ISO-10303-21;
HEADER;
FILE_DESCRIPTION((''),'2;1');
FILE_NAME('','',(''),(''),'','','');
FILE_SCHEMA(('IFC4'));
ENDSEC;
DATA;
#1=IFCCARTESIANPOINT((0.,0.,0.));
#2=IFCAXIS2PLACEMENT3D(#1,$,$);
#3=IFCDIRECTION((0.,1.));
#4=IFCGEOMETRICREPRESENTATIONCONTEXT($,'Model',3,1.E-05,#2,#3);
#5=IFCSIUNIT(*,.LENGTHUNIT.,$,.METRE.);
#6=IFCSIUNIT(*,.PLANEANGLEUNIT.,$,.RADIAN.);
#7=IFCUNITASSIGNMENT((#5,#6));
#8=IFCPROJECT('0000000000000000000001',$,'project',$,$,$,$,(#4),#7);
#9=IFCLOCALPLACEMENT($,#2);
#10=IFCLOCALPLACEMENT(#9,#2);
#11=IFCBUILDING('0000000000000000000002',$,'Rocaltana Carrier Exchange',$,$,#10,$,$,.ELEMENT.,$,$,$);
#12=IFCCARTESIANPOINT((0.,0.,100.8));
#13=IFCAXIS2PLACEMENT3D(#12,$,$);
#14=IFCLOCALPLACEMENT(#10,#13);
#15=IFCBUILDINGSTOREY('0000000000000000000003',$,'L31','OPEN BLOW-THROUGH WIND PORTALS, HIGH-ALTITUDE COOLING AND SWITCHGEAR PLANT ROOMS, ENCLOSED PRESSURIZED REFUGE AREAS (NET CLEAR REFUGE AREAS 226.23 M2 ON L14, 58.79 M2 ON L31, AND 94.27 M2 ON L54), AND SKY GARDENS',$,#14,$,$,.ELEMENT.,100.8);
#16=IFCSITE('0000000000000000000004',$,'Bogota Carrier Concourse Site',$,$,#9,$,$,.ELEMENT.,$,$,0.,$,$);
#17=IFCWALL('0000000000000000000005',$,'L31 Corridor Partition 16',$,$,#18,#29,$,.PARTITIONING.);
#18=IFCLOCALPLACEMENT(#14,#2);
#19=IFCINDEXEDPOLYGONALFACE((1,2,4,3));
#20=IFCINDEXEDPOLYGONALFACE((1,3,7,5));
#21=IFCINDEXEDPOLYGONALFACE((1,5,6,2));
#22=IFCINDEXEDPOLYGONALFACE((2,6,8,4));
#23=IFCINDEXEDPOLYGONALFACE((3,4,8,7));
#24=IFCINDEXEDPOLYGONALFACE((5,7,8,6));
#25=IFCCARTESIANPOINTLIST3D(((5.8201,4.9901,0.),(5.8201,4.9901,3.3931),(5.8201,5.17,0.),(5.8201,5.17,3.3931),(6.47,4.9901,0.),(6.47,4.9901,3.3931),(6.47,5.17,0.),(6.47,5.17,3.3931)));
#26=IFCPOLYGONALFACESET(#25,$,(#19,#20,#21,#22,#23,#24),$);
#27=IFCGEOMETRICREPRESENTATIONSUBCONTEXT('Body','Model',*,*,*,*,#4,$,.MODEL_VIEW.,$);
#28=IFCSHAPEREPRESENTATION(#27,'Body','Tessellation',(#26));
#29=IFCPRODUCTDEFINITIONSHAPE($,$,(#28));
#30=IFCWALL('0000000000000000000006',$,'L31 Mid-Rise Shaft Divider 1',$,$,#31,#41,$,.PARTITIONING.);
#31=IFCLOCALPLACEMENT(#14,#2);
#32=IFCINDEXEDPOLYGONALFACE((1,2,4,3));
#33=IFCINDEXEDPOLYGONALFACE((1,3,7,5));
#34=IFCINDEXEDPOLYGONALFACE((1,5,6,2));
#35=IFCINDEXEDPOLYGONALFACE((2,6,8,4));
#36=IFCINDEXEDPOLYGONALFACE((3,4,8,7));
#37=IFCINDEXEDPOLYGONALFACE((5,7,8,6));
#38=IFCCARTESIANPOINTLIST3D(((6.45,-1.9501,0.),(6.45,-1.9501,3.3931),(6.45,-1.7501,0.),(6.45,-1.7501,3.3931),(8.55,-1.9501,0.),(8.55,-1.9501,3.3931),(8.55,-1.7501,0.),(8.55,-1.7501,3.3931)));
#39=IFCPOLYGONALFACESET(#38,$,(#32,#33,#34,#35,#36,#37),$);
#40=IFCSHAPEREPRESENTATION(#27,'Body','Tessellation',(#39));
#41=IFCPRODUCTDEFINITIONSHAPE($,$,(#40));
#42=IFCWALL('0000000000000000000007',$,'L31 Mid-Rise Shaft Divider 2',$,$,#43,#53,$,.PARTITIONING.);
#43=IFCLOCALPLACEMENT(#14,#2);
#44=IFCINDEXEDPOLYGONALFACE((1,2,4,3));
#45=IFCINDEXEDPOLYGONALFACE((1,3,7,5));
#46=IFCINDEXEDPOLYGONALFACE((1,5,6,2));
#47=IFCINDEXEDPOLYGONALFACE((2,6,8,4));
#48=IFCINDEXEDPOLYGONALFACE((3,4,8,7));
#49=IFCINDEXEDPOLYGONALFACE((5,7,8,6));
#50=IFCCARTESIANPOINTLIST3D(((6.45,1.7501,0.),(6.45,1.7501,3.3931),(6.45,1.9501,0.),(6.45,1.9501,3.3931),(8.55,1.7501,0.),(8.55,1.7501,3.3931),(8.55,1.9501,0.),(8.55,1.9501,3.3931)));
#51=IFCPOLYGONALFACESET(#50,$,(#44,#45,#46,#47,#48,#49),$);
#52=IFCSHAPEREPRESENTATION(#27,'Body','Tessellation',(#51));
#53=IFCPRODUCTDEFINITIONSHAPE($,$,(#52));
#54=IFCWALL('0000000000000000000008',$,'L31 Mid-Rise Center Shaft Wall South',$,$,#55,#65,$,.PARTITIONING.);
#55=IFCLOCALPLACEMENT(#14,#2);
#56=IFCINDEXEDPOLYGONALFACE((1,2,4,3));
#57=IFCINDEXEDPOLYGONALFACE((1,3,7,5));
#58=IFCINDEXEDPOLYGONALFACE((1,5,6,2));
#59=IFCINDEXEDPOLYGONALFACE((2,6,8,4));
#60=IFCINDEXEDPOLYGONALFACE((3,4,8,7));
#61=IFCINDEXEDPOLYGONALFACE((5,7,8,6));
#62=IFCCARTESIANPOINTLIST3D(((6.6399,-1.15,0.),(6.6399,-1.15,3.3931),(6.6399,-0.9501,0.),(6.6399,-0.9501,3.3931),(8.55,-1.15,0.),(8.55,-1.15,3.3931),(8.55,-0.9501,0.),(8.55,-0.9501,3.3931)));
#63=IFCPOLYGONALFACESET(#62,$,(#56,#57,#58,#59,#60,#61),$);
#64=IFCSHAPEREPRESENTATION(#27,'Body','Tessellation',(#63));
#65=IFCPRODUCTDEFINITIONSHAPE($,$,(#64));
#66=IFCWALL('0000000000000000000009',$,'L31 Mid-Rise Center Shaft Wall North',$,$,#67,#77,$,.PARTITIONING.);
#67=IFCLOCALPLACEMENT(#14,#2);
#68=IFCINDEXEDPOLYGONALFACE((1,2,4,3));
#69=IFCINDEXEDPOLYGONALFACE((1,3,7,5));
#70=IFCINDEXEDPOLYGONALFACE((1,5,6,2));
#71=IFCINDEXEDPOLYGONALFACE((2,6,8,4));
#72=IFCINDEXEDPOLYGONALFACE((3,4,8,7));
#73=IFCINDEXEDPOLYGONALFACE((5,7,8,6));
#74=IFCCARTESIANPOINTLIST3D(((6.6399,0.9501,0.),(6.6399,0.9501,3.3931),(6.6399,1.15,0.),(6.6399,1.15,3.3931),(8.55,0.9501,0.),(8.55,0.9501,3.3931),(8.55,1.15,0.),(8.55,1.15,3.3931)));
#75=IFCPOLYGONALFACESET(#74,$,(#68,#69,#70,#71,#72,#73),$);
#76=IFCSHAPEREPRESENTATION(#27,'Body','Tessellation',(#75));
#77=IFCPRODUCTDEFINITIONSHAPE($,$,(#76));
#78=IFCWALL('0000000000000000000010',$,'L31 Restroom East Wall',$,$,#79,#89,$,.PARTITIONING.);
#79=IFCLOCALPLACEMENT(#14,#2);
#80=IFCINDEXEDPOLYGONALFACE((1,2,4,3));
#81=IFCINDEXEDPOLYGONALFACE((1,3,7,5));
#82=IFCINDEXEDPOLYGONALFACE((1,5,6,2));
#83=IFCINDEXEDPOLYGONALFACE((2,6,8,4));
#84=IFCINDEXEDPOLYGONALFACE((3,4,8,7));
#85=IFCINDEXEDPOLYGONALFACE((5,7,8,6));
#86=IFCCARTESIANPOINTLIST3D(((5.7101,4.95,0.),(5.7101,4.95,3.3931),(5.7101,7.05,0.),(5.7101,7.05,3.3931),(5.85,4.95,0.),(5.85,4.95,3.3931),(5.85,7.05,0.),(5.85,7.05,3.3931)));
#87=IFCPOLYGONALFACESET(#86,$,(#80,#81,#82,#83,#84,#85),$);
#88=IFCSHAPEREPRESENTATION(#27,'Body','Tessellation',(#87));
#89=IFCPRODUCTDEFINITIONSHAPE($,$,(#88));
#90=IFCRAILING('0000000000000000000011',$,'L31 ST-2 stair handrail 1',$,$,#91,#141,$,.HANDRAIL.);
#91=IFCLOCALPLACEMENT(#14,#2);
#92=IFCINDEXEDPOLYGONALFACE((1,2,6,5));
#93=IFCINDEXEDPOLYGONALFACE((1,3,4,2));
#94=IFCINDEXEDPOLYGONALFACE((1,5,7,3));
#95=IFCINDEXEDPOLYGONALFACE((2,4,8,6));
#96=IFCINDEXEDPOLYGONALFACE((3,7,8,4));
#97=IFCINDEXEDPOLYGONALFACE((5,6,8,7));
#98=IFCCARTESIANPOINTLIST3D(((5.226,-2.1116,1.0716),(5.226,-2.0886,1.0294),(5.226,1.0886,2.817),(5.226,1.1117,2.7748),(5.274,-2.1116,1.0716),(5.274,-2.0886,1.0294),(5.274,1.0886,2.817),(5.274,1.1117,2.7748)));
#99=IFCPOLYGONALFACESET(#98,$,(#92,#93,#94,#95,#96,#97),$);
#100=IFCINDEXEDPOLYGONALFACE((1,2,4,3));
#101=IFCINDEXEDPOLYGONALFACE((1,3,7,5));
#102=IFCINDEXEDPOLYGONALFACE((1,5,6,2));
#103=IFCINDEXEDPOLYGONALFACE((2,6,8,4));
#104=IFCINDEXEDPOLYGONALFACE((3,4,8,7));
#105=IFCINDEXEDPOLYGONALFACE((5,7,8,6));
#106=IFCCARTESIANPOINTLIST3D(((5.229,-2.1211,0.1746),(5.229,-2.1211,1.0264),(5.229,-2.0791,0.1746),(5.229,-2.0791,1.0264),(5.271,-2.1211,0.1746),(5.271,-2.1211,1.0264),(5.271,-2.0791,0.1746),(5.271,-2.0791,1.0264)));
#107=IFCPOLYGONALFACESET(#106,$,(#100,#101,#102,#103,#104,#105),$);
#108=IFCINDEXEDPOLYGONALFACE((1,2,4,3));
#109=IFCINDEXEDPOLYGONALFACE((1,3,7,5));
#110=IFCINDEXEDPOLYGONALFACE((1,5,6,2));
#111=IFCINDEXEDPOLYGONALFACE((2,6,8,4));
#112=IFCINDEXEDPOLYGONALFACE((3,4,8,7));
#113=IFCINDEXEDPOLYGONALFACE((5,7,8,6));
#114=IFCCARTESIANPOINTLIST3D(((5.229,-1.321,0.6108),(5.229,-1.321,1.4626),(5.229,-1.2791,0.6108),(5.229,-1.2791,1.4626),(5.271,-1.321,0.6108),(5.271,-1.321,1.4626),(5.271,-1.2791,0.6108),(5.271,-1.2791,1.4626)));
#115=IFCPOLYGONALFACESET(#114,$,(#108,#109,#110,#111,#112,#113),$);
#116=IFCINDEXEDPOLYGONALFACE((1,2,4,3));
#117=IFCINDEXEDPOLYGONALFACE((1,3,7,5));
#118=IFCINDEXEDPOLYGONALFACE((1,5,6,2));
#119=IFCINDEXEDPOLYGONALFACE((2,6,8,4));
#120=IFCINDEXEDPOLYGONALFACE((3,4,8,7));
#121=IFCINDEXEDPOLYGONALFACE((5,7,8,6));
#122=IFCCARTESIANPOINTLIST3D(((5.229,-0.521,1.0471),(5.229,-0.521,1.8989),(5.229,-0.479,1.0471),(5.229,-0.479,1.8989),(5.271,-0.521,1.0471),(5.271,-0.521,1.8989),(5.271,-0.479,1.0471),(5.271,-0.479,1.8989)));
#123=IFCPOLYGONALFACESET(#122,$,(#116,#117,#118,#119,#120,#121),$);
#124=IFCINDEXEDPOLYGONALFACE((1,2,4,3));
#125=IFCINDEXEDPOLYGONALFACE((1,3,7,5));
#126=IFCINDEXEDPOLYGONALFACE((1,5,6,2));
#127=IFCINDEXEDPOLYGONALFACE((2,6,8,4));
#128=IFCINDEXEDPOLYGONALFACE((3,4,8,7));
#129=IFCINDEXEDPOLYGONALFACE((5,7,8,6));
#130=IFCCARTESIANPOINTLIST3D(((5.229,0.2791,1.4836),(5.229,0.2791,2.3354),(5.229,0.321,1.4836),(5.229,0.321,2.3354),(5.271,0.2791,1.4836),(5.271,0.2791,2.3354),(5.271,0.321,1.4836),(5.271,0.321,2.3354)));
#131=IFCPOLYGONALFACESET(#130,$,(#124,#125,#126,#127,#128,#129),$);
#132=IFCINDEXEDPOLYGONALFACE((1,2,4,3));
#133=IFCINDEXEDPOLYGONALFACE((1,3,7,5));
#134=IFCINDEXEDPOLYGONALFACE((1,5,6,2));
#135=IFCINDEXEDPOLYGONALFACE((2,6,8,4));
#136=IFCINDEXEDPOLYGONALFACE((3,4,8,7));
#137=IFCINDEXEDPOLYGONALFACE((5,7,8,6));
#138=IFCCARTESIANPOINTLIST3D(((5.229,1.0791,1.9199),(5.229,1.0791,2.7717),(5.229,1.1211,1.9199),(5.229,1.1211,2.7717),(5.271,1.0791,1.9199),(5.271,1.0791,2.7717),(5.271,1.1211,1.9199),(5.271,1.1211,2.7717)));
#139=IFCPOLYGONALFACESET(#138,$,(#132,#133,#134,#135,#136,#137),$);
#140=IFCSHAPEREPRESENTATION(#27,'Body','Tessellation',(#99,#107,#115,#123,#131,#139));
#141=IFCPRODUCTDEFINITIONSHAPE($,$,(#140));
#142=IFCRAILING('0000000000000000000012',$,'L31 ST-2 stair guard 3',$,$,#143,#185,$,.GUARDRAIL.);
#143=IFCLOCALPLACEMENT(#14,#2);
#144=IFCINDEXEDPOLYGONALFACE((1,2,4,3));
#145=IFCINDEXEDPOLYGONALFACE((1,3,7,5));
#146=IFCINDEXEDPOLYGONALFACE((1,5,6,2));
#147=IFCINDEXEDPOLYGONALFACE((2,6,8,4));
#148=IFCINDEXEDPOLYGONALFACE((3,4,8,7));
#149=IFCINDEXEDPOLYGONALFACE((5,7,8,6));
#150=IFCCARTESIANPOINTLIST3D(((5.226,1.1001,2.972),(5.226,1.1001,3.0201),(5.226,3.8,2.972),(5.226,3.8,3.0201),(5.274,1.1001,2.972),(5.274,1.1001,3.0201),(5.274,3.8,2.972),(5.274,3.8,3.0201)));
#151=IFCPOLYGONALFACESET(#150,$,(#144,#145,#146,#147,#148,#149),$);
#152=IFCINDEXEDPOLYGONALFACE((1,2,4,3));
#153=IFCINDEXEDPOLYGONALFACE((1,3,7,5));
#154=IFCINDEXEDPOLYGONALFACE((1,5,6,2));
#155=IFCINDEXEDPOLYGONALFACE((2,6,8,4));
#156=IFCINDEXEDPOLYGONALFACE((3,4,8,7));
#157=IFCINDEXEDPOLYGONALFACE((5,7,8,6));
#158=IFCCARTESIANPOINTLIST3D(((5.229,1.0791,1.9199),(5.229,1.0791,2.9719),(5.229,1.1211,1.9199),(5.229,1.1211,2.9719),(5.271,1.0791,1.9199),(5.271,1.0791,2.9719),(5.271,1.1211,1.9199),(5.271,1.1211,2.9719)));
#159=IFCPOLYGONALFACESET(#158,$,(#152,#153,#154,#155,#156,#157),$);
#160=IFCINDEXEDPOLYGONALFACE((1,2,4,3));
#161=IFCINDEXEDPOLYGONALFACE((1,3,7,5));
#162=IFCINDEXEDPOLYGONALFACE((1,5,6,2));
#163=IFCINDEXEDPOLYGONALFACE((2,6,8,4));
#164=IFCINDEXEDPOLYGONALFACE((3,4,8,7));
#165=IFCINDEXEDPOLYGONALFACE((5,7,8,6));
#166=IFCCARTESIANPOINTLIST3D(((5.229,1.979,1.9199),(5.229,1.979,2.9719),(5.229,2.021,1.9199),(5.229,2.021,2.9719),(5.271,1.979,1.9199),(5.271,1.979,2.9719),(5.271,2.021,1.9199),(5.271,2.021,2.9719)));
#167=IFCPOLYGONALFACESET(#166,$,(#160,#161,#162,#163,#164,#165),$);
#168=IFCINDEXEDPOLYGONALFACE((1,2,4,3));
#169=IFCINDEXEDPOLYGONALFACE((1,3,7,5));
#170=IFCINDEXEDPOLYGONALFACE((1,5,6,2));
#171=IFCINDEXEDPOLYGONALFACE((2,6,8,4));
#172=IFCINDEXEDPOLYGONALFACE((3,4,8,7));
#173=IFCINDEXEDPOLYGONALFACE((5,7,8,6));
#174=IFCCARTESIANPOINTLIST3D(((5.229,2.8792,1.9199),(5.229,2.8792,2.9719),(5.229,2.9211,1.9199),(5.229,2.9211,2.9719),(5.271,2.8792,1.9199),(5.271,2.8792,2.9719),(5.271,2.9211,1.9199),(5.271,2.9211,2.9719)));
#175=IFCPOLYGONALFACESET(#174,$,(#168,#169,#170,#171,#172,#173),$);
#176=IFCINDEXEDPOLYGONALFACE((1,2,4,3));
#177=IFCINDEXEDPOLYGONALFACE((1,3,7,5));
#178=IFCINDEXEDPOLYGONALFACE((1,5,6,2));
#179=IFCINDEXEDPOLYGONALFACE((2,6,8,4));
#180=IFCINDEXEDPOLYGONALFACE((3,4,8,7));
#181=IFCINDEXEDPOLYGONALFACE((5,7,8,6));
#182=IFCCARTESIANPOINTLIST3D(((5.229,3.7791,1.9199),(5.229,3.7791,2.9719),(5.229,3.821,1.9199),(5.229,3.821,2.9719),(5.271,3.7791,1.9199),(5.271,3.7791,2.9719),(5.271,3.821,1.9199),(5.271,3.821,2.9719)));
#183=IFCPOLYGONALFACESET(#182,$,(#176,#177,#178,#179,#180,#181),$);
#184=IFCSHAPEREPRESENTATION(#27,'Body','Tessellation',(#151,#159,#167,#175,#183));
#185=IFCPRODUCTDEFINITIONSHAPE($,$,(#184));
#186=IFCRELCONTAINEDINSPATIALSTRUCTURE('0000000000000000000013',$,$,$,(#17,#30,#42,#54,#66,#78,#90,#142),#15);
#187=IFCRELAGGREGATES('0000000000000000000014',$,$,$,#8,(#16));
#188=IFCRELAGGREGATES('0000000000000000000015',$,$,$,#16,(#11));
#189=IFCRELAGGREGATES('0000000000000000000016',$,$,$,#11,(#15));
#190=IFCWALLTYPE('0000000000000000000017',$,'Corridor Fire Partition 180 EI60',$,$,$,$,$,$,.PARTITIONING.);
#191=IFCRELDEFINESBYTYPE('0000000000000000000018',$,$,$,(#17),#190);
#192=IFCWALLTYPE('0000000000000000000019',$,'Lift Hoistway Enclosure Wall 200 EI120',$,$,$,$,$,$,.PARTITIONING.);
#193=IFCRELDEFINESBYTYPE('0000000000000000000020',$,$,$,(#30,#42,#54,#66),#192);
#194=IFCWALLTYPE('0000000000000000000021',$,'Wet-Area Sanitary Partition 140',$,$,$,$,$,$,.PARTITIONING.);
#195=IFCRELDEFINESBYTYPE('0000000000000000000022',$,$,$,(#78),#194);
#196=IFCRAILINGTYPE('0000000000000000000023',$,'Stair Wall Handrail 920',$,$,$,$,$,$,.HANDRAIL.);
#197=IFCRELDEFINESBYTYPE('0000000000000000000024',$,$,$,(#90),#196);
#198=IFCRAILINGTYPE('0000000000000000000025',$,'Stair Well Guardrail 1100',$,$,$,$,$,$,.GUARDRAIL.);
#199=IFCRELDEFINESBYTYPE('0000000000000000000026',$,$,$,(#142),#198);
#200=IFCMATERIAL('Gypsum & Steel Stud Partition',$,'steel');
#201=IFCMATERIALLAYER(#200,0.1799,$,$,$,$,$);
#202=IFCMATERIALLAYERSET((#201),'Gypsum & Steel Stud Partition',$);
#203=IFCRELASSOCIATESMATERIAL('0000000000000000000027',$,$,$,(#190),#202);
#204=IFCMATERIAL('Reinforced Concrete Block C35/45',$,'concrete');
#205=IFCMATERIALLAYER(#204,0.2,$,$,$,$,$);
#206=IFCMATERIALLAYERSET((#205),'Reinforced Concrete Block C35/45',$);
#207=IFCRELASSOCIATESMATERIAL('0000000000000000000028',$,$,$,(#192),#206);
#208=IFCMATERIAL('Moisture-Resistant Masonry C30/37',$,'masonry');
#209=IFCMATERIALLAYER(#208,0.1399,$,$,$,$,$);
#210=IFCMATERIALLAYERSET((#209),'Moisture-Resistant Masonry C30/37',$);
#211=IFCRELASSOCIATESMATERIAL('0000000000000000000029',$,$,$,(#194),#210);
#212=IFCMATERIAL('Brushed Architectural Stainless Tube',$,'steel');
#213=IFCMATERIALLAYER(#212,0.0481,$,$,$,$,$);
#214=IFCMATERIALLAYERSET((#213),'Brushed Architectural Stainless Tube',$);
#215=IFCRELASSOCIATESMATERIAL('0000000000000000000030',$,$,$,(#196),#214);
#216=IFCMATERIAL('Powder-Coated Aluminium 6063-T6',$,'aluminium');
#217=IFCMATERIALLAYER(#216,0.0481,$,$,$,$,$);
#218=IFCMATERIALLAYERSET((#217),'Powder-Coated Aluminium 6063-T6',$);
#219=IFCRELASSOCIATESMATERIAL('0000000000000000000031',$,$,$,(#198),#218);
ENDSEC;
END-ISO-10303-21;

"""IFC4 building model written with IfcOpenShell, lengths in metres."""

from ifc_helpers import new_model, si_unit, direction, frame, frame_2d, origin, origin_2d, place, context, subcontext, project, spatial, rectangle, extrude, material, layer, layer_set, type_object, element, save


model = new_model("IFC4")

# Units and contexts
model_context = context("Model", 3, precision=1e-05, world=origin(), true_north=direction((0.0, 1.0)))
body_context = subcontext(model_context, "Body", "Model", "MODEL_VIEW")
ifc_project = project(units=[si_unit("LENGTHUNIT", "METRE"), si_unit("PLANEANGLEUNIT", "RADIAN")], contexts=[model_context])

# Site, building, storey
site_placement = place(None, origin())
site = spatial("IfcSite", under=ifc_project, at=site_placement, Name="Bogota Carrier Concourse Site", CompositionType="ELEMENT", RefElevation=0.0)
building_placement = place(site_placement, origin())
building = spatial("IfcBuilding", under=site, at=building_placement, Name="Rocaltana Carrier Exchange", CompositionType="ELEMENT")
storey_placement = place(building_placement, frame((0.0, 0.0, 100.8)))
storey = spatial("IfcBuildingStorey", under=building, at=storey_placement, Name="L31", Description="OPEN BLOW-THROUGH WIND PORTALS, HIGH-ALTITUDE COOLING AND SWITCHGEAR PLANT ROOMS, ENCLOSED PRESSURIZED REFUGE AREAS (NET CLEAR REFUGE AREAS 226.23 M2 ON L14, 58.79 M2 ON L31, AND 94.27 M2 ON L54), AND SKY GARDENS", CompositionType="ELEMENT", Elevation=100.8)

# Walls
ifc_material_1 = material(Name="Gypsum & Steel Stud Partition", Category="steel")
ifc_layer_1 = layer(ifc_material_1, 0.1799)
ifc_layer_set_1 = layer_set([ifc_layer_1], Name="Gypsum & Steel Stud Partition")
wall_type_1 = type_object("IfcWallType", Name="Corridor Fire Partition 180 EI60", PredefinedType="PARTITIONING", material=ifc_layer_set_1)
wall_1_placement = place(storey_placement, frame((6.47, 5.0801, 0.0), z_axis=(0.0, 0.0, 1.0), x_axis=(-1.0, 0.0, 0.0)))
element("IfcWall", 1, at=wall_1_placement, inside=storey, type_object=wall_type_1, Name="L31 Corridor Partition 16", PredefinedType="PARTITIONING", context=body_context, shape_type="SweptSolid", body=[
    extrude(rectangle(XDim=0.6499, YDim=0.1799, at=frame_2d((0.325, 0.0))), origin(), (0.0, 0.0, 1.0), 3.3931),
])
ifc_material_2 = material(Name="Reinforced Concrete Block C35/45", Category="concrete")
ifc_layer_2 = layer(ifc_material_2, 0.2)
ifc_layer_set_2 = layer_set([ifc_layer_2], Name="Reinforced Concrete Block C35/45")
wall_type_2 = type_object("IfcWallType", Name="Lift Hoistway Enclosure Wall 200 EI120", PredefinedType="PARTITIONING", material=ifc_layer_set_2)
for number, where, z_axis, x_axis, name in (
    (2, (6.45, -1.8501, 0.0), (0.0, 0.0, 1.0), (1.0, 0.0, 0.0), "L31 Mid-Rise Shaft Divider 1"),
    (3, (6.45, 1.8501, 0.0), (0.0, 0.0, 1.0), (1.0, 0.0, 0.0), "L31 Mid-Rise Shaft Divider 2"),
):
    element("IfcWall", number, at=place(storey_placement, frame(where, z_axis=z_axis, x_axis=x_axis)), inside=storey, type_object=wall_type_2, Name=name, PredefinedType="PARTITIONING", context=body_context, shape_type="SweptSolid", body=[
        extrude(rectangle(XDim=2.1001, YDim=0.2, at=frame_2d((1.05, 0.0))), origin(), (0.0, 0.0, 1.0), 3.3931),
    ])
for number, where, z_axis, x_axis, name in (
    (4, (6.6399, -1.05, 0.0), (0.0, 0.0, 1.0), (1.0, 0.0, 0.0), "L31 Mid-Rise Center Shaft Wall South"),
    (5, (6.6399, 1.05, 0.0), (0.0, 0.0, 1.0), (1.0, 0.0, 0.0), "L31 Mid-Rise Center Shaft Wall North"),
):
    element("IfcWall", number, at=place(storey_placement, frame(where, z_axis=z_axis, x_axis=x_axis)), inside=storey, type_object=wall_type_2, Name=name, PredefinedType="PARTITIONING", context=body_context, shape_type="SweptSolid", body=[
        extrude(rectangle(XDim=1.9102, YDim=0.2, at=frame_2d((0.9551, 0.0))), origin(), (0.0, 0.0, 1.0), 3.3931),
    ])
ifc_material_3 = material(Name="Moisture-Resistant Masonry C30/37", Category="masonry")
ifc_layer_3 = layer(ifc_material_3, 0.1399)
ifc_layer_set_3 = layer_set([ifc_layer_3], Name="Moisture-Resistant Masonry C30/37")
wall_type_3 = type_object("IfcWallType", Name="Wet-Area Sanitary Partition 140", PredefinedType="PARTITIONING", material=ifc_layer_set_3)
wall_2_placement = place(storey_placement, frame((5.78, 4.95, 0.0), z_axis=(0.0, 0.0, 1.0), x_axis=(0.0, 1.0, 0.0)))
element("IfcWall", 6, at=wall_2_placement, inside=storey, type_object=wall_type_3, Name="L31 Restroom East Wall", PredefinedType="PARTITIONING", context=body_context, shape_type="SweptSolid", body=[
    extrude(rectangle(XDim=2.1001, YDim=0.1399, at=frame_2d((1.05, 0.0))), origin(), (0.0, 0.0, 1.0), 3.3931),
])

# Railings
ifc_material_4 = material(Name="Brushed Architectural Stainless Tube", Category="steel")
ifc_layer_4 = layer(ifc_material_4, 0.0481)
ifc_layer_set_4 = layer_set([ifc_layer_4], Name="Brushed Architectural Stainless Tube")
railing_type_1 = type_object("IfcRailingType", Name="Stair Wall Handrail 920", PredefinedType="HANDRAIL", material=ifc_layer_set_4)
railing_1_placement = place(storey_placement, frame((5.25, -2.1001, 0.1746)))
element("IfcRailing", 7, at=railing_1_placement, inside=storey, type_object=railing_type_1, Name="L31 ST-2 stair handrail 1", PredefinedType="HANDRAIL", context=body_context, shape_type="SweptSolid", body=[
    extrude(rectangle(XDim=0.0481, YDim=0.0481, at=origin_2d()), frame((0.0, 0.0, 0.876), z_axis=(0.0, 0.877919, 0.47881), x_axis=(-1.0, 0.0, 0.0)), (0.0, 0.0, 1.0), 3.6453),
    extrude(rectangle(XDim=0.042, YDim=0.042, at=origin_2d()), origin(), (0.0, 0.0, 1.0), 0.8518),
    extrude(rectangle(XDim=0.042, YDim=0.042, at=origin_2d()), frame((0.0, 0.8, 0.4363)), (0.0, 0.0, 1.0), 0.8518),
    extrude(rectangle(XDim=0.042, YDim=0.042, at=origin_2d()), frame((0.0, 1.6001, 0.8726)), (0.0, 0.0, 1.0), 0.8518),
    extrude(rectangle(XDim=0.042, YDim=0.042, at=origin_2d()), frame((0.0, 2.4001, 1.3091)), (0.0, 0.0, 1.0), 0.8518),
    extrude(rectangle(XDim=0.042, YDim=0.042, at=origin_2d()), frame((0.0, 3.2002, 1.7454)), (0.0, 0.0, 1.0), 0.8518),
])
ifc_material_5 = material(Name="Powder-Coated Aluminium 6063-T6", Category="aluminium")
ifc_layer_5 = layer(ifc_material_5, 0.0481)
ifc_layer_set_5 = layer_set([ifc_layer_5], Name="Powder-Coated Aluminium 6063-T6")
railing_type_2 = type_object("IfcRailingType", Name="Stair Well Guardrail 1100", PredefinedType="GUARDRAIL", material=ifc_layer_set_5)
railing_2_placement = place(storey_placement, frame((5.25, 1.1001, 1.9199)))
element("IfcRailing", 8, at=railing_2_placement, inside=storey, type_object=railing_type_2, Name="L31 ST-2 stair guard 3", PredefinedType="GUARDRAIL", context=body_context, shape_type="SweptSolid", body=[
    extrude(rectangle(XDim=0.0481, YDim=0.0481, at=origin_2d()), frame((0.0, 0.0, 1.0762), z_axis=(0.0, 1.0, 0.0), x_axis=(-1.0, 0.0, 0.0)), (0.0, 0.0, 1.0), 2.7),
    extrude(rectangle(XDim=0.042, YDim=0.042, at=origin_2d()), origin(), (0.0, 0.0, 1.0), 1.052),
    extrude(rectangle(XDim=0.042, YDim=0.042, at=origin_2d()), frame((0.0, 0.8999, 0.0)), (0.0, 0.0, 1.0), 1.052),
    extrude(rectangle(XDim=0.042, YDim=0.042, at=origin_2d()), frame((0.0, 1.8, 0.0)), (0.0, 0.0, 1.0), 1.052),
    extrude(rectangle(XDim=0.042, YDim=0.042, at=origin_2d()), frame((0.0, 2.7, 0.0)), (0.0, 0.0, 1.0), 1.052),
])

save(model, "model.ifc")
